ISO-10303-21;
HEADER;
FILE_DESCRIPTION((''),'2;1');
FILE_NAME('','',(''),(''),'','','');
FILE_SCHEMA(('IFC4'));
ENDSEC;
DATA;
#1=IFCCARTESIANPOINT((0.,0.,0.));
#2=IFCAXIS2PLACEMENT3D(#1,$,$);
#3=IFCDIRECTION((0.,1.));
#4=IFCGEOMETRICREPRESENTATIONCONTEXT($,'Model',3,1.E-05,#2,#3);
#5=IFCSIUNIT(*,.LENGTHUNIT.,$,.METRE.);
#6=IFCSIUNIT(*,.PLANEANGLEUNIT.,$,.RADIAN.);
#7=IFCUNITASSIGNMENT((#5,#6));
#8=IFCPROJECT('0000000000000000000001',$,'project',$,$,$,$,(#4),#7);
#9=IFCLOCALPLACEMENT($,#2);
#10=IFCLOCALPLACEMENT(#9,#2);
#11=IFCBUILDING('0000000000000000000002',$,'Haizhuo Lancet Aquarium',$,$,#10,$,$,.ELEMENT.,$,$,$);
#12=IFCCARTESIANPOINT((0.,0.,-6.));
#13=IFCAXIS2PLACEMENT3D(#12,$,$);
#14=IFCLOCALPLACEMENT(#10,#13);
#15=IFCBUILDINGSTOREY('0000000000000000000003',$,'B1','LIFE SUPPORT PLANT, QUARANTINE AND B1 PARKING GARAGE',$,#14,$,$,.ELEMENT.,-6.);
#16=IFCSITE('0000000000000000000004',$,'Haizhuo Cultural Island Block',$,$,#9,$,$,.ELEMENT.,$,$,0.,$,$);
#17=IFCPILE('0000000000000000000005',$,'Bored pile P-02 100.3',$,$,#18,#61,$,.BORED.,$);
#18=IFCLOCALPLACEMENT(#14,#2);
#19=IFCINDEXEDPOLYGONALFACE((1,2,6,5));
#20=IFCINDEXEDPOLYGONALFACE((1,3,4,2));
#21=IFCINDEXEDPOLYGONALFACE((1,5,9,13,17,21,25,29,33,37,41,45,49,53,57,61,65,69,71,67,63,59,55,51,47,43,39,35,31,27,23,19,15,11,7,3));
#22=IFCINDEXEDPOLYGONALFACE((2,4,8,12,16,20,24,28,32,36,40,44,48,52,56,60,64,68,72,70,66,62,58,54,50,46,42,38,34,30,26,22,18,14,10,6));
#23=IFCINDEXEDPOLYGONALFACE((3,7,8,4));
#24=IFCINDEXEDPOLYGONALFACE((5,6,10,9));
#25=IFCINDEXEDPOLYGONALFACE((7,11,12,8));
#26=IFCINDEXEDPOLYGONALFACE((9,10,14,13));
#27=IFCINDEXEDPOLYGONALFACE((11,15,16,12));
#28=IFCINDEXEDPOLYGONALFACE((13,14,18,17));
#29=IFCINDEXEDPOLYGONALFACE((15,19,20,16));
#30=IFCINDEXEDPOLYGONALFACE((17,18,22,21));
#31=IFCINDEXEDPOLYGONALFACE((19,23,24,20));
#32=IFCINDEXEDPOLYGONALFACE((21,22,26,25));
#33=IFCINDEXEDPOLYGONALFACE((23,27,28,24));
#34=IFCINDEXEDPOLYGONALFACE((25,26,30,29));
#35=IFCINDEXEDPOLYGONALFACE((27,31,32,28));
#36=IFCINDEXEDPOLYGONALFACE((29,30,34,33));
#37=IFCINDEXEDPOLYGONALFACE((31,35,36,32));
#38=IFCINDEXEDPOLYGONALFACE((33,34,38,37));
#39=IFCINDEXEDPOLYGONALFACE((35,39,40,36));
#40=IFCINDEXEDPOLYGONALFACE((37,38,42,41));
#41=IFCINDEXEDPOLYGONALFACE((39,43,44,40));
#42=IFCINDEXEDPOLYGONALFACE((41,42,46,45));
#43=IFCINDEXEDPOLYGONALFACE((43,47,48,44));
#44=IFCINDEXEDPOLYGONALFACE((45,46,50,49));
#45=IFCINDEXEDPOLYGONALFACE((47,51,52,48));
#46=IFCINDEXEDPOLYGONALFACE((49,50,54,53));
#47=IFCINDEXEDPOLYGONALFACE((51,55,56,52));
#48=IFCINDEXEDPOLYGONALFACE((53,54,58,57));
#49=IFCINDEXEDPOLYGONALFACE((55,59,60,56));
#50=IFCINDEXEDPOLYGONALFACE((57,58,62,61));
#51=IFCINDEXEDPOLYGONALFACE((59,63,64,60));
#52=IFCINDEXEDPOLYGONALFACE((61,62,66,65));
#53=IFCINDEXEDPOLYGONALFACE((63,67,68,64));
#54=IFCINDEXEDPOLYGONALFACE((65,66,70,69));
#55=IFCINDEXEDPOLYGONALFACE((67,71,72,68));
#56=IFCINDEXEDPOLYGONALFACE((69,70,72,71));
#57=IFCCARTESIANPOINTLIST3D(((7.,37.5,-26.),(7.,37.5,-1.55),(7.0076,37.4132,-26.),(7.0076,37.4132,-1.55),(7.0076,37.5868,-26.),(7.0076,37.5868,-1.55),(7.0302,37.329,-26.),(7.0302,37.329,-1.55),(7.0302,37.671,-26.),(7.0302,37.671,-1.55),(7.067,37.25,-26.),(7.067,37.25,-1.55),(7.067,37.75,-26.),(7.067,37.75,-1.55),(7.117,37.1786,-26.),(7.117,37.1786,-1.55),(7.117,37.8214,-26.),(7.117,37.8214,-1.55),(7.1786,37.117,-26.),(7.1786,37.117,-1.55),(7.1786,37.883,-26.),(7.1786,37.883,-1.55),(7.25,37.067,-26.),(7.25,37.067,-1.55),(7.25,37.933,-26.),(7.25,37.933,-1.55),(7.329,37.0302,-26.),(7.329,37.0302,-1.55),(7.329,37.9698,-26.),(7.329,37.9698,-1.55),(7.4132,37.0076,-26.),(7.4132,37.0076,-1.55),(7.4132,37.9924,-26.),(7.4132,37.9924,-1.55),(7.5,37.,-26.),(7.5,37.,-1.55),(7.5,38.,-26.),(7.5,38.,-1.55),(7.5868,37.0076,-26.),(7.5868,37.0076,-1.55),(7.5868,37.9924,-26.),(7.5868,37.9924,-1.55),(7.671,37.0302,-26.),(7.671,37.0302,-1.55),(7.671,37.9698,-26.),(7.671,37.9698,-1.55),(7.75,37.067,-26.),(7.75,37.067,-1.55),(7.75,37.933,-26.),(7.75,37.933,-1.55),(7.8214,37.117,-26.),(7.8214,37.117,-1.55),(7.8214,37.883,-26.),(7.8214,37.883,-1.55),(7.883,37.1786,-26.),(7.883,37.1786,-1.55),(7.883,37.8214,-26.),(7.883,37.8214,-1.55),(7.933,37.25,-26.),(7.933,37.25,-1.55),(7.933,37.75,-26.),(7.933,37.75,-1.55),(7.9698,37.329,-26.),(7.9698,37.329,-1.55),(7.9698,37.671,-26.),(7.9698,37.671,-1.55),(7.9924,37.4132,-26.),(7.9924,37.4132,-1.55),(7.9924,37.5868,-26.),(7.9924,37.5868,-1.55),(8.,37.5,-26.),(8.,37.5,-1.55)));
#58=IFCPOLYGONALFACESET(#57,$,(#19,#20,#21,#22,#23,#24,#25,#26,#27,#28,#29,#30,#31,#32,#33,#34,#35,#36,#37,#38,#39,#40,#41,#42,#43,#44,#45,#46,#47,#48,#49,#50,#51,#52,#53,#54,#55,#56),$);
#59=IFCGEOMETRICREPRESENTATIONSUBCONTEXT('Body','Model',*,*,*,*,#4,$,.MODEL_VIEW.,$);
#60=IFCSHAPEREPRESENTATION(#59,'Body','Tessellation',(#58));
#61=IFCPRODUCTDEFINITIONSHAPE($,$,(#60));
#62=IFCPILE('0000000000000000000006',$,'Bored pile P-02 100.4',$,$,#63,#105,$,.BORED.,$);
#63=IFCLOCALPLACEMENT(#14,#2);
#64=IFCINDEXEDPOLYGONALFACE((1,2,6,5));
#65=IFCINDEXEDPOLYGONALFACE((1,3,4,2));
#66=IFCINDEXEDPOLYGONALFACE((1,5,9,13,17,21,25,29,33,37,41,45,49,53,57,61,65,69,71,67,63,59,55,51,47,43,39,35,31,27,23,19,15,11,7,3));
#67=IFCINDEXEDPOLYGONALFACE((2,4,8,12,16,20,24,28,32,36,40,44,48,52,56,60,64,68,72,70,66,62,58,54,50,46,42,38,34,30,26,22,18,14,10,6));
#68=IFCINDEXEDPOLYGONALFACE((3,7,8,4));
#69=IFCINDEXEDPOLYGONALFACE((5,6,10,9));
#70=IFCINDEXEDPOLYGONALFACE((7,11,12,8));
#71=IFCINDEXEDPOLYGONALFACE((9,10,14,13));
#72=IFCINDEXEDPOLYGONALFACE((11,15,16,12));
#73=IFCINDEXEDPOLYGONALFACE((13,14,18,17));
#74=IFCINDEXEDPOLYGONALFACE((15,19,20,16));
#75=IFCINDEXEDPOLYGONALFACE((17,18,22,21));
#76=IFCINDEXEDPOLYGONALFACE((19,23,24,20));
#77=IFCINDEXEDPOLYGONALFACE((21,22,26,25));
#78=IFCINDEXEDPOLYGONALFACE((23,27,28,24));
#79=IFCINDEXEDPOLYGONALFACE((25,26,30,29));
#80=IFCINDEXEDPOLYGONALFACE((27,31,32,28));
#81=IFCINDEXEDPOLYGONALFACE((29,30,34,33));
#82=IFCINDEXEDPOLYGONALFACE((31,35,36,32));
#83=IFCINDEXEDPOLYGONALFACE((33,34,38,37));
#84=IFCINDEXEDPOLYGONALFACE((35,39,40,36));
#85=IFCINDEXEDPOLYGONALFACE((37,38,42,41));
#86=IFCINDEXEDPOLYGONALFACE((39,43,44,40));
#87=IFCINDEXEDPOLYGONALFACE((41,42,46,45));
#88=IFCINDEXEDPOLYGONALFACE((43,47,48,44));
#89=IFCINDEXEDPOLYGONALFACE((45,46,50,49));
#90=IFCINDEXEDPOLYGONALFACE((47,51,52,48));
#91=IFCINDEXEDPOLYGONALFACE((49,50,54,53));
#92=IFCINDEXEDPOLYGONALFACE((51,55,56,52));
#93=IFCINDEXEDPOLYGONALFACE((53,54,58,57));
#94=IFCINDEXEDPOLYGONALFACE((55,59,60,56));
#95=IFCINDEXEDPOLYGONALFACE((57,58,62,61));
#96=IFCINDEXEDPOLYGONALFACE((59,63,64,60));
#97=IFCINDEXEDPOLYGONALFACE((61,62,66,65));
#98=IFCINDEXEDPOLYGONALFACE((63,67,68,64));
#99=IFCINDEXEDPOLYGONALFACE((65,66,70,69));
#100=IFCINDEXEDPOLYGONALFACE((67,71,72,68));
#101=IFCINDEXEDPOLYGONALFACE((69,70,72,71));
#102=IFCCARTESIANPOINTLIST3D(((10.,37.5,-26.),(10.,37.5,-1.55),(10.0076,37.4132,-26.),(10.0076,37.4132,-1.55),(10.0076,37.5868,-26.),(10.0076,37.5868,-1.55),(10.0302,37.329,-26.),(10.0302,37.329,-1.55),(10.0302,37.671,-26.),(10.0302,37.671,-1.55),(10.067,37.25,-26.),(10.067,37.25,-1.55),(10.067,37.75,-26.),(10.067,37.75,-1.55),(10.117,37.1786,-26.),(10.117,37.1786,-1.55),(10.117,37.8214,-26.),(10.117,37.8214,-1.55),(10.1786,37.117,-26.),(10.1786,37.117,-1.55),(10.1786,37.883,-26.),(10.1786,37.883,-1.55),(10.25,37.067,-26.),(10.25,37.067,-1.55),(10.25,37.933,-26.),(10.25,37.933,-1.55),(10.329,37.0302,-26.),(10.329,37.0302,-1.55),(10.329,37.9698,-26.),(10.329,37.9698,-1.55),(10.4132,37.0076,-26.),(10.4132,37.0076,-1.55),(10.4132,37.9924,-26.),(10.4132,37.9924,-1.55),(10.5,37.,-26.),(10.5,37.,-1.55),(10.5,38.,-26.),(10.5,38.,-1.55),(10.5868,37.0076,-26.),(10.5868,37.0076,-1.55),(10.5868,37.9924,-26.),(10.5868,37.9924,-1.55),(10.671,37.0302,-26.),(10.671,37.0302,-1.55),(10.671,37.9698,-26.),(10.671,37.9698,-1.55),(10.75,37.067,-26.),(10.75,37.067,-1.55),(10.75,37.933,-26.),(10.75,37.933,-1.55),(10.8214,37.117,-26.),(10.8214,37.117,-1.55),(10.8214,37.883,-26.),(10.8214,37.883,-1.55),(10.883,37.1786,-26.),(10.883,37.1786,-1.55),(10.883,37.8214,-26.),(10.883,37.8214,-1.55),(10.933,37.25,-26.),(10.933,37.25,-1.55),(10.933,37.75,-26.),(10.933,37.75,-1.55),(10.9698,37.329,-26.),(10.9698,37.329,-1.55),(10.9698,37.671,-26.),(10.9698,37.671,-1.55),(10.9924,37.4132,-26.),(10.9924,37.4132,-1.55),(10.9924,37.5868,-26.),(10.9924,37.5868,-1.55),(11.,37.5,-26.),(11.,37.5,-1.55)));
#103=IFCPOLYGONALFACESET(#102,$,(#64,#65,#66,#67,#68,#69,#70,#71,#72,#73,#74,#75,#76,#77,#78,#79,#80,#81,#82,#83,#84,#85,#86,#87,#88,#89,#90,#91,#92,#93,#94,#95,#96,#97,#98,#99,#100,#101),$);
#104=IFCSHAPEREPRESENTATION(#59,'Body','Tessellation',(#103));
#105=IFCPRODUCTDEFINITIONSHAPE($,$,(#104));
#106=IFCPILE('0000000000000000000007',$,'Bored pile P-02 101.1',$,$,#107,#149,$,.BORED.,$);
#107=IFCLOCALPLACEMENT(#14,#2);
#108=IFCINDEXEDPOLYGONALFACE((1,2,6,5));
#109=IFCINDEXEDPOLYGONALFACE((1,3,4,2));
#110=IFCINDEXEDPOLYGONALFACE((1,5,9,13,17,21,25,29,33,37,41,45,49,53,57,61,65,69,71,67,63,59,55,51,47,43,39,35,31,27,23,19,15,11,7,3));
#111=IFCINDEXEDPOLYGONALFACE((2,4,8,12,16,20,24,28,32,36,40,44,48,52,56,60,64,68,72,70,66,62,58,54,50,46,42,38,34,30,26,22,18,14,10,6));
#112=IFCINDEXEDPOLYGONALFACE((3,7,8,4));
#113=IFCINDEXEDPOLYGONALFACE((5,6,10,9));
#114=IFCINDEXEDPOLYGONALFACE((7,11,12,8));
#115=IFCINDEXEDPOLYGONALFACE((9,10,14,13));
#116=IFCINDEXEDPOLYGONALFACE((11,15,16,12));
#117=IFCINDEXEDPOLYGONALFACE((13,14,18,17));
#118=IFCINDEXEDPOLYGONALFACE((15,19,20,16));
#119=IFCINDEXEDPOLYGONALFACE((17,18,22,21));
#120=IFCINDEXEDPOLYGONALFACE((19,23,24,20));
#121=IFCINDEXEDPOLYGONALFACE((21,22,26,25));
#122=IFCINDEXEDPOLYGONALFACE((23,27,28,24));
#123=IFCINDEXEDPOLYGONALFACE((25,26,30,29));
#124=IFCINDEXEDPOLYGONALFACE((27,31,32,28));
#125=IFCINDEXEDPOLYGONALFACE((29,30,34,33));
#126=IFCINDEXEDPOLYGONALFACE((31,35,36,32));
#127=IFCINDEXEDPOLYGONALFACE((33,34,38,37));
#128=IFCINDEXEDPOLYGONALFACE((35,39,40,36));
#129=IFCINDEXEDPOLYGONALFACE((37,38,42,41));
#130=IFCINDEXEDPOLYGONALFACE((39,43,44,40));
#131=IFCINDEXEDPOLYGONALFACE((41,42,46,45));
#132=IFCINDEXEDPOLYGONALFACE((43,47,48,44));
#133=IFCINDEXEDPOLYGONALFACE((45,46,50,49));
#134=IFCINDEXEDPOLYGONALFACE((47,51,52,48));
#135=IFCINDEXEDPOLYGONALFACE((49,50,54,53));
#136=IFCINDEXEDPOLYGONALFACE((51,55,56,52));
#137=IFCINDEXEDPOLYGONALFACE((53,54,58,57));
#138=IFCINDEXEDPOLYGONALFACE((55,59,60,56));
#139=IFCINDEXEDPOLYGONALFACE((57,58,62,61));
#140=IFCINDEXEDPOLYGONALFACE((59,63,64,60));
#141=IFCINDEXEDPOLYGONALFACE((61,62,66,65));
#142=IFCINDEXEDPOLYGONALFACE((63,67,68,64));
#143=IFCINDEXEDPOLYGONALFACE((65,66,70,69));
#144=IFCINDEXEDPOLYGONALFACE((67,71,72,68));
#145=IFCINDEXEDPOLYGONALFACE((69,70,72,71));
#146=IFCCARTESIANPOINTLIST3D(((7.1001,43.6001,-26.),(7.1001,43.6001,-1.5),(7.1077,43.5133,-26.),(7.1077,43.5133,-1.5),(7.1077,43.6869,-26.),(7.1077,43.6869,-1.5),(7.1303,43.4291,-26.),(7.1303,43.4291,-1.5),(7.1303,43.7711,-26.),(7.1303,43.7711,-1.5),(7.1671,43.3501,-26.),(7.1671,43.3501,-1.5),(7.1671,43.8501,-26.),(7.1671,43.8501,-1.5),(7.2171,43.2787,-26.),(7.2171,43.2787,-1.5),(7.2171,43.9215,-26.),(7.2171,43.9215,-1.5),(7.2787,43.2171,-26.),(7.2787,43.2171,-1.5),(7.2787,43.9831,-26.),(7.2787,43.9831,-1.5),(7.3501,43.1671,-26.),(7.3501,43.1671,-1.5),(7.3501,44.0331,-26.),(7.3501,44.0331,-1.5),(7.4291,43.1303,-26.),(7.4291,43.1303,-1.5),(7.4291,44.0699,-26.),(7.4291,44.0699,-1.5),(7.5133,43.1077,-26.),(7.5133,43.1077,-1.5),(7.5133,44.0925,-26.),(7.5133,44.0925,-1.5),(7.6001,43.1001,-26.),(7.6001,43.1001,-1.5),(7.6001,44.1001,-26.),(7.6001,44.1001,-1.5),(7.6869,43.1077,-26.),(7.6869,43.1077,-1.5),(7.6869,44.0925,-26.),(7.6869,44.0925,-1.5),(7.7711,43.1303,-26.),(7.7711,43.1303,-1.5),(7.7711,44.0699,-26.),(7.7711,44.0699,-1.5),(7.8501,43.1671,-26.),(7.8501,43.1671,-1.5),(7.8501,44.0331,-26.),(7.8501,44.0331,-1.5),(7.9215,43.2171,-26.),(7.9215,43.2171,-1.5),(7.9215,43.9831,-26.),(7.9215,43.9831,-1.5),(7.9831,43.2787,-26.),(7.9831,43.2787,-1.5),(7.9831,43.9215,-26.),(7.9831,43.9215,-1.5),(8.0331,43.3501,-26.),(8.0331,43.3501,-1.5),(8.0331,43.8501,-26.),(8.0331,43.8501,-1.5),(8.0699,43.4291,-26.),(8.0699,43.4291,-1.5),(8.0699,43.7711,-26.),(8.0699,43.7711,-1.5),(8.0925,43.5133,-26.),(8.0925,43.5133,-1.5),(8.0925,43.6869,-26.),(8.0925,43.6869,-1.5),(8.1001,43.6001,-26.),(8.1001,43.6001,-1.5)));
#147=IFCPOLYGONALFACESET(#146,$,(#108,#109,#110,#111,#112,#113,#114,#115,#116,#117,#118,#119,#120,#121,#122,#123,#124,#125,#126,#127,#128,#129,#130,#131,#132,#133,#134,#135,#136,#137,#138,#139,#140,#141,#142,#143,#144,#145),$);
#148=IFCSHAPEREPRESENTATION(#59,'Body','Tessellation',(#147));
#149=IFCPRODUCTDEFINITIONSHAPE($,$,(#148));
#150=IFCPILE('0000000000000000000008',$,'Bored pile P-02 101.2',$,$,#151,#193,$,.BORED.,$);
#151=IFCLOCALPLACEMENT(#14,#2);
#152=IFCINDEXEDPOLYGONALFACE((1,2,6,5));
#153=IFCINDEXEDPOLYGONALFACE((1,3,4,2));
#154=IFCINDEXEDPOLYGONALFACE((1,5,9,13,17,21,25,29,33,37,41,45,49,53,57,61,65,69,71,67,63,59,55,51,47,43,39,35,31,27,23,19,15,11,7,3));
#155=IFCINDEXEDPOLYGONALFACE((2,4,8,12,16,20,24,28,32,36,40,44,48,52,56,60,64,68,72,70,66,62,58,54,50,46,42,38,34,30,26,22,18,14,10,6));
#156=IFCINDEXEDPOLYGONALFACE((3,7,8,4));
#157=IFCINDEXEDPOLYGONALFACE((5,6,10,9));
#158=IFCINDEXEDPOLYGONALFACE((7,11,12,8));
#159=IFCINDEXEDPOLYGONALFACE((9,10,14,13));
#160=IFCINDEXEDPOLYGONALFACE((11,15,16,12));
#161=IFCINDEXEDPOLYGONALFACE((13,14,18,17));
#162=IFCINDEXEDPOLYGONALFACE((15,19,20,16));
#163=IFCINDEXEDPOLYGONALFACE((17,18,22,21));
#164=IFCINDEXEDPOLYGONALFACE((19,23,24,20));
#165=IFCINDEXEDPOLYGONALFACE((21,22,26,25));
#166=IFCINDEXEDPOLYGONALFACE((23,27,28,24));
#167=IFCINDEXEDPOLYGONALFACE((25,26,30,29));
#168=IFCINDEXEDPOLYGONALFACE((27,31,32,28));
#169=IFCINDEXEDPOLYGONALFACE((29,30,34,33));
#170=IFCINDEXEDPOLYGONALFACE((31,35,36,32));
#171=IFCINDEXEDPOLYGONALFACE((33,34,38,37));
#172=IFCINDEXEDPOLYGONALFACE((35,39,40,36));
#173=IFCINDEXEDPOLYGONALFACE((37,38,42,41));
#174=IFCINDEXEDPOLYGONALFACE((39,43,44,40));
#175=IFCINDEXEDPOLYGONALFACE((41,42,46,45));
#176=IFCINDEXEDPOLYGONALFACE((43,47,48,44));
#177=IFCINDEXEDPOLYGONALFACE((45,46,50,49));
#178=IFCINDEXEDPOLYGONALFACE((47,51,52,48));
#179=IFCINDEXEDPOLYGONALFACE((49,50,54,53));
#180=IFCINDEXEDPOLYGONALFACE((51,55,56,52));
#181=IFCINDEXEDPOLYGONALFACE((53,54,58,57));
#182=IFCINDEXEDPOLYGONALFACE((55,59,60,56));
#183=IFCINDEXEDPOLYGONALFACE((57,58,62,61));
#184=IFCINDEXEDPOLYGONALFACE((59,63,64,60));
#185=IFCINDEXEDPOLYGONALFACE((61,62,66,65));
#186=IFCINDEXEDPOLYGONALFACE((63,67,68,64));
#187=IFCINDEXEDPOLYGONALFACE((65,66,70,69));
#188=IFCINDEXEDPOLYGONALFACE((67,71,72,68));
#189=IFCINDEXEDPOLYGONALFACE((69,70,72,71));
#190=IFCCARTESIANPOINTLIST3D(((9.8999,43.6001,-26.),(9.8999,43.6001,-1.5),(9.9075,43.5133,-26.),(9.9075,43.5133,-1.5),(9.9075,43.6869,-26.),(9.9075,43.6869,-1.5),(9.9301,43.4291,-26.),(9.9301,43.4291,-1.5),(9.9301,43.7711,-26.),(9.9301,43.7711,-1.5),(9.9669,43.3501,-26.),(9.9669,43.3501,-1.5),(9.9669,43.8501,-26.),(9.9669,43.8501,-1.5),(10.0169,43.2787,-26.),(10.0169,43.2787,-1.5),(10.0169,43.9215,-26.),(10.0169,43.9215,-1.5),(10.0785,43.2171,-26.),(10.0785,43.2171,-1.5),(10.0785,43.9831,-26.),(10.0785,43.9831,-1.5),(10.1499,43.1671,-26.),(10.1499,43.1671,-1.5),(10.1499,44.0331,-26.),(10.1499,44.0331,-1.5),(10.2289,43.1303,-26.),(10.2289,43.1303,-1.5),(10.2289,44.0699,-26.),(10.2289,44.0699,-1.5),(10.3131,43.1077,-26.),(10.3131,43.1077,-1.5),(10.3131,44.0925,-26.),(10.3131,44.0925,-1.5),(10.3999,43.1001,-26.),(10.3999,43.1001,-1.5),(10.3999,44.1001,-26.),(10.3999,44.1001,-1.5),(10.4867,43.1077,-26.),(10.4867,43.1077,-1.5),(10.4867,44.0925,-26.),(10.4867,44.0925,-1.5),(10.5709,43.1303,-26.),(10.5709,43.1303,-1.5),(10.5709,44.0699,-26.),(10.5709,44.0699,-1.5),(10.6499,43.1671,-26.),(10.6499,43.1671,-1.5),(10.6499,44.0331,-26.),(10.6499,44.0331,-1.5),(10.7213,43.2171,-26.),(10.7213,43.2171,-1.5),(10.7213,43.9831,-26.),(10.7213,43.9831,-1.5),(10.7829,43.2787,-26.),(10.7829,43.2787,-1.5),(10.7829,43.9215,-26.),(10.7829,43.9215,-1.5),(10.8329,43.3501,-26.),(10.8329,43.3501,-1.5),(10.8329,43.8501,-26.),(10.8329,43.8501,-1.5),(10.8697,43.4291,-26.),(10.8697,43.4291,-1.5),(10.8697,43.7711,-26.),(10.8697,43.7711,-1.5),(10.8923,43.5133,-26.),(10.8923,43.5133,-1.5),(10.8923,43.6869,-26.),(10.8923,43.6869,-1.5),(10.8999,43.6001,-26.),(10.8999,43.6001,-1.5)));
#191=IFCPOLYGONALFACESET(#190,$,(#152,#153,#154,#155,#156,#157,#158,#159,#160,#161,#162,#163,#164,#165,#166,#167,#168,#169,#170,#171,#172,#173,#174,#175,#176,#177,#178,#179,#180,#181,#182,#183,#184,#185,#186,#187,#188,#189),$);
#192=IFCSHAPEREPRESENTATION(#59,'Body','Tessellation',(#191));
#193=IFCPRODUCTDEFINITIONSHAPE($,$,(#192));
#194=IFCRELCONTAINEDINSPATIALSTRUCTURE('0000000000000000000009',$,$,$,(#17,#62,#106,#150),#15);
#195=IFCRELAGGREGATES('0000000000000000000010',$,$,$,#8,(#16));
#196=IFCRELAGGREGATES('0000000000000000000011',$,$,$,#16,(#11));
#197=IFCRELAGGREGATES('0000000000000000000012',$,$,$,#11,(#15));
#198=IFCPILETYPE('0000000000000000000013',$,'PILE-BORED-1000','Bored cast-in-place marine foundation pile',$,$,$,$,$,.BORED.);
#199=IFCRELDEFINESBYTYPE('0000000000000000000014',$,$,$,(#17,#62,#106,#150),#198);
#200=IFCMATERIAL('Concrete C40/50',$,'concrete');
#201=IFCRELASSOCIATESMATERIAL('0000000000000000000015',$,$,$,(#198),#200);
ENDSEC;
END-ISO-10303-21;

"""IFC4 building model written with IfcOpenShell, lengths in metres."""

from ifc_helpers import new_model, si_unit, direction, frame, origin, origin_2d, place, context, subcontext, project, spatial, circle, extrude, material, material_profile, profile_set, type_object, element, save


model = new_model("IFC4")

# Units and contexts
model_context = context("Model", 3, precision=1e-05, world=origin(), true_north=direction((0.0, 1.0)))
body_context = subcontext(model_context, "Body", "Model", "MODEL_VIEW")
ifc_project = project(units=[si_unit("LENGTHUNIT", "METRE"), si_unit("PLANEANGLEUNIT", "RADIAN")], contexts=[model_context])

# Site, building, storey
site_placement = place(None, origin())
site = spatial("IfcSite", under=ifc_project, at=site_placement, Name="Haizhuo Cultural Island Block", CompositionType="ELEMENT", RefElevation=0.0)
building_placement = place(site_placement, origin())
building = spatial("IfcBuilding", under=site, at=building_placement, Name="Haizhuo Lancet Aquarium", CompositionType="ELEMENT")
storey_placement = place(building_placement, frame((0.0, 0.0, -6.0)))
storey = spatial("IfcBuildingStorey", under=building, at=storey_placement, Name="B1", Description="LIFE SUPPORT PLANT, QUARANTINE AND B1 PARKING GARAGE", CompositionType="ELEMENT", Elevation=-6.0)

# Shared definitions
ifc_material_1 = material(Name="Concrete C40/50", Category="concrete")

# Piles
ifc_material_profile_1 = material_profile(ifc_material_1, circle(Radius=0.5, at=origin_2d()), Name="PILE-1000")
ifc_profile_set_1 = profile_set([ifc_material_profile_1], Name="Concrete C40/50")
pile_type = type_object("IfcPileType", Name="PILE-BORED-1000", Description="Bored cast-in-place marine foundation pile", PredefinedType="BORED", material=ifc_profile_set_1)
for number, where, z_axis, x_axis, name in (
    (1, (7.5, 37.5, -1.55), (0.0, 0.0, -1.0), (1.0, 0.0, 0.0), "Bored pile P-02 100.3"),
    (2, (10.5, 37.5, -1.55), (0.0, 0.0, -1.0), (1.0, 0.0, 0.0), "Bored pile P-02 100.4"),
):
    element("IfcPile", number, at=place(storey_placement, frame(where, z_axis=z_axis, x_axis=x_axis)), inside=storey, type_object=pile_type, Name=name, PredefinedType="BORED", context=body_context, shape_type="SweptSolid", body=[
        extrude(circle(Radius=0.5, at=origin_2d()), origin(), (0.0, 0.0, 1.0), 24.45),
    ])
for number, where, z_axis, x_axis, name in (
    (3, (7.6001, 43.6001, -1.5), (0.0, 0.0, -1.0), (1.0, 0.0, 0.0), "Bored pile P-02 101.1"),
    (4, (10.3999, 43.6001, -1.5), (0.0, 0.0, -1.0), (1.0, 0.0, 0.0), "Bored pile P-02 101.2"),
):
    element("IfcPile", number, at=place(storey_placement, frame(where, z_axis=z_axis, x_axis=x_axis)), inside=storey, type_object=pile_type, Name=name, PredefinedType="BORED", context=body_context, shape_type="SweptSolid", body=[
        extrude(circle(Radius=0.5, at=origin_2d()), origin(), (0.0, 0.0, 1.0), 24.5),
    ])

save(model, "model.ifc")
